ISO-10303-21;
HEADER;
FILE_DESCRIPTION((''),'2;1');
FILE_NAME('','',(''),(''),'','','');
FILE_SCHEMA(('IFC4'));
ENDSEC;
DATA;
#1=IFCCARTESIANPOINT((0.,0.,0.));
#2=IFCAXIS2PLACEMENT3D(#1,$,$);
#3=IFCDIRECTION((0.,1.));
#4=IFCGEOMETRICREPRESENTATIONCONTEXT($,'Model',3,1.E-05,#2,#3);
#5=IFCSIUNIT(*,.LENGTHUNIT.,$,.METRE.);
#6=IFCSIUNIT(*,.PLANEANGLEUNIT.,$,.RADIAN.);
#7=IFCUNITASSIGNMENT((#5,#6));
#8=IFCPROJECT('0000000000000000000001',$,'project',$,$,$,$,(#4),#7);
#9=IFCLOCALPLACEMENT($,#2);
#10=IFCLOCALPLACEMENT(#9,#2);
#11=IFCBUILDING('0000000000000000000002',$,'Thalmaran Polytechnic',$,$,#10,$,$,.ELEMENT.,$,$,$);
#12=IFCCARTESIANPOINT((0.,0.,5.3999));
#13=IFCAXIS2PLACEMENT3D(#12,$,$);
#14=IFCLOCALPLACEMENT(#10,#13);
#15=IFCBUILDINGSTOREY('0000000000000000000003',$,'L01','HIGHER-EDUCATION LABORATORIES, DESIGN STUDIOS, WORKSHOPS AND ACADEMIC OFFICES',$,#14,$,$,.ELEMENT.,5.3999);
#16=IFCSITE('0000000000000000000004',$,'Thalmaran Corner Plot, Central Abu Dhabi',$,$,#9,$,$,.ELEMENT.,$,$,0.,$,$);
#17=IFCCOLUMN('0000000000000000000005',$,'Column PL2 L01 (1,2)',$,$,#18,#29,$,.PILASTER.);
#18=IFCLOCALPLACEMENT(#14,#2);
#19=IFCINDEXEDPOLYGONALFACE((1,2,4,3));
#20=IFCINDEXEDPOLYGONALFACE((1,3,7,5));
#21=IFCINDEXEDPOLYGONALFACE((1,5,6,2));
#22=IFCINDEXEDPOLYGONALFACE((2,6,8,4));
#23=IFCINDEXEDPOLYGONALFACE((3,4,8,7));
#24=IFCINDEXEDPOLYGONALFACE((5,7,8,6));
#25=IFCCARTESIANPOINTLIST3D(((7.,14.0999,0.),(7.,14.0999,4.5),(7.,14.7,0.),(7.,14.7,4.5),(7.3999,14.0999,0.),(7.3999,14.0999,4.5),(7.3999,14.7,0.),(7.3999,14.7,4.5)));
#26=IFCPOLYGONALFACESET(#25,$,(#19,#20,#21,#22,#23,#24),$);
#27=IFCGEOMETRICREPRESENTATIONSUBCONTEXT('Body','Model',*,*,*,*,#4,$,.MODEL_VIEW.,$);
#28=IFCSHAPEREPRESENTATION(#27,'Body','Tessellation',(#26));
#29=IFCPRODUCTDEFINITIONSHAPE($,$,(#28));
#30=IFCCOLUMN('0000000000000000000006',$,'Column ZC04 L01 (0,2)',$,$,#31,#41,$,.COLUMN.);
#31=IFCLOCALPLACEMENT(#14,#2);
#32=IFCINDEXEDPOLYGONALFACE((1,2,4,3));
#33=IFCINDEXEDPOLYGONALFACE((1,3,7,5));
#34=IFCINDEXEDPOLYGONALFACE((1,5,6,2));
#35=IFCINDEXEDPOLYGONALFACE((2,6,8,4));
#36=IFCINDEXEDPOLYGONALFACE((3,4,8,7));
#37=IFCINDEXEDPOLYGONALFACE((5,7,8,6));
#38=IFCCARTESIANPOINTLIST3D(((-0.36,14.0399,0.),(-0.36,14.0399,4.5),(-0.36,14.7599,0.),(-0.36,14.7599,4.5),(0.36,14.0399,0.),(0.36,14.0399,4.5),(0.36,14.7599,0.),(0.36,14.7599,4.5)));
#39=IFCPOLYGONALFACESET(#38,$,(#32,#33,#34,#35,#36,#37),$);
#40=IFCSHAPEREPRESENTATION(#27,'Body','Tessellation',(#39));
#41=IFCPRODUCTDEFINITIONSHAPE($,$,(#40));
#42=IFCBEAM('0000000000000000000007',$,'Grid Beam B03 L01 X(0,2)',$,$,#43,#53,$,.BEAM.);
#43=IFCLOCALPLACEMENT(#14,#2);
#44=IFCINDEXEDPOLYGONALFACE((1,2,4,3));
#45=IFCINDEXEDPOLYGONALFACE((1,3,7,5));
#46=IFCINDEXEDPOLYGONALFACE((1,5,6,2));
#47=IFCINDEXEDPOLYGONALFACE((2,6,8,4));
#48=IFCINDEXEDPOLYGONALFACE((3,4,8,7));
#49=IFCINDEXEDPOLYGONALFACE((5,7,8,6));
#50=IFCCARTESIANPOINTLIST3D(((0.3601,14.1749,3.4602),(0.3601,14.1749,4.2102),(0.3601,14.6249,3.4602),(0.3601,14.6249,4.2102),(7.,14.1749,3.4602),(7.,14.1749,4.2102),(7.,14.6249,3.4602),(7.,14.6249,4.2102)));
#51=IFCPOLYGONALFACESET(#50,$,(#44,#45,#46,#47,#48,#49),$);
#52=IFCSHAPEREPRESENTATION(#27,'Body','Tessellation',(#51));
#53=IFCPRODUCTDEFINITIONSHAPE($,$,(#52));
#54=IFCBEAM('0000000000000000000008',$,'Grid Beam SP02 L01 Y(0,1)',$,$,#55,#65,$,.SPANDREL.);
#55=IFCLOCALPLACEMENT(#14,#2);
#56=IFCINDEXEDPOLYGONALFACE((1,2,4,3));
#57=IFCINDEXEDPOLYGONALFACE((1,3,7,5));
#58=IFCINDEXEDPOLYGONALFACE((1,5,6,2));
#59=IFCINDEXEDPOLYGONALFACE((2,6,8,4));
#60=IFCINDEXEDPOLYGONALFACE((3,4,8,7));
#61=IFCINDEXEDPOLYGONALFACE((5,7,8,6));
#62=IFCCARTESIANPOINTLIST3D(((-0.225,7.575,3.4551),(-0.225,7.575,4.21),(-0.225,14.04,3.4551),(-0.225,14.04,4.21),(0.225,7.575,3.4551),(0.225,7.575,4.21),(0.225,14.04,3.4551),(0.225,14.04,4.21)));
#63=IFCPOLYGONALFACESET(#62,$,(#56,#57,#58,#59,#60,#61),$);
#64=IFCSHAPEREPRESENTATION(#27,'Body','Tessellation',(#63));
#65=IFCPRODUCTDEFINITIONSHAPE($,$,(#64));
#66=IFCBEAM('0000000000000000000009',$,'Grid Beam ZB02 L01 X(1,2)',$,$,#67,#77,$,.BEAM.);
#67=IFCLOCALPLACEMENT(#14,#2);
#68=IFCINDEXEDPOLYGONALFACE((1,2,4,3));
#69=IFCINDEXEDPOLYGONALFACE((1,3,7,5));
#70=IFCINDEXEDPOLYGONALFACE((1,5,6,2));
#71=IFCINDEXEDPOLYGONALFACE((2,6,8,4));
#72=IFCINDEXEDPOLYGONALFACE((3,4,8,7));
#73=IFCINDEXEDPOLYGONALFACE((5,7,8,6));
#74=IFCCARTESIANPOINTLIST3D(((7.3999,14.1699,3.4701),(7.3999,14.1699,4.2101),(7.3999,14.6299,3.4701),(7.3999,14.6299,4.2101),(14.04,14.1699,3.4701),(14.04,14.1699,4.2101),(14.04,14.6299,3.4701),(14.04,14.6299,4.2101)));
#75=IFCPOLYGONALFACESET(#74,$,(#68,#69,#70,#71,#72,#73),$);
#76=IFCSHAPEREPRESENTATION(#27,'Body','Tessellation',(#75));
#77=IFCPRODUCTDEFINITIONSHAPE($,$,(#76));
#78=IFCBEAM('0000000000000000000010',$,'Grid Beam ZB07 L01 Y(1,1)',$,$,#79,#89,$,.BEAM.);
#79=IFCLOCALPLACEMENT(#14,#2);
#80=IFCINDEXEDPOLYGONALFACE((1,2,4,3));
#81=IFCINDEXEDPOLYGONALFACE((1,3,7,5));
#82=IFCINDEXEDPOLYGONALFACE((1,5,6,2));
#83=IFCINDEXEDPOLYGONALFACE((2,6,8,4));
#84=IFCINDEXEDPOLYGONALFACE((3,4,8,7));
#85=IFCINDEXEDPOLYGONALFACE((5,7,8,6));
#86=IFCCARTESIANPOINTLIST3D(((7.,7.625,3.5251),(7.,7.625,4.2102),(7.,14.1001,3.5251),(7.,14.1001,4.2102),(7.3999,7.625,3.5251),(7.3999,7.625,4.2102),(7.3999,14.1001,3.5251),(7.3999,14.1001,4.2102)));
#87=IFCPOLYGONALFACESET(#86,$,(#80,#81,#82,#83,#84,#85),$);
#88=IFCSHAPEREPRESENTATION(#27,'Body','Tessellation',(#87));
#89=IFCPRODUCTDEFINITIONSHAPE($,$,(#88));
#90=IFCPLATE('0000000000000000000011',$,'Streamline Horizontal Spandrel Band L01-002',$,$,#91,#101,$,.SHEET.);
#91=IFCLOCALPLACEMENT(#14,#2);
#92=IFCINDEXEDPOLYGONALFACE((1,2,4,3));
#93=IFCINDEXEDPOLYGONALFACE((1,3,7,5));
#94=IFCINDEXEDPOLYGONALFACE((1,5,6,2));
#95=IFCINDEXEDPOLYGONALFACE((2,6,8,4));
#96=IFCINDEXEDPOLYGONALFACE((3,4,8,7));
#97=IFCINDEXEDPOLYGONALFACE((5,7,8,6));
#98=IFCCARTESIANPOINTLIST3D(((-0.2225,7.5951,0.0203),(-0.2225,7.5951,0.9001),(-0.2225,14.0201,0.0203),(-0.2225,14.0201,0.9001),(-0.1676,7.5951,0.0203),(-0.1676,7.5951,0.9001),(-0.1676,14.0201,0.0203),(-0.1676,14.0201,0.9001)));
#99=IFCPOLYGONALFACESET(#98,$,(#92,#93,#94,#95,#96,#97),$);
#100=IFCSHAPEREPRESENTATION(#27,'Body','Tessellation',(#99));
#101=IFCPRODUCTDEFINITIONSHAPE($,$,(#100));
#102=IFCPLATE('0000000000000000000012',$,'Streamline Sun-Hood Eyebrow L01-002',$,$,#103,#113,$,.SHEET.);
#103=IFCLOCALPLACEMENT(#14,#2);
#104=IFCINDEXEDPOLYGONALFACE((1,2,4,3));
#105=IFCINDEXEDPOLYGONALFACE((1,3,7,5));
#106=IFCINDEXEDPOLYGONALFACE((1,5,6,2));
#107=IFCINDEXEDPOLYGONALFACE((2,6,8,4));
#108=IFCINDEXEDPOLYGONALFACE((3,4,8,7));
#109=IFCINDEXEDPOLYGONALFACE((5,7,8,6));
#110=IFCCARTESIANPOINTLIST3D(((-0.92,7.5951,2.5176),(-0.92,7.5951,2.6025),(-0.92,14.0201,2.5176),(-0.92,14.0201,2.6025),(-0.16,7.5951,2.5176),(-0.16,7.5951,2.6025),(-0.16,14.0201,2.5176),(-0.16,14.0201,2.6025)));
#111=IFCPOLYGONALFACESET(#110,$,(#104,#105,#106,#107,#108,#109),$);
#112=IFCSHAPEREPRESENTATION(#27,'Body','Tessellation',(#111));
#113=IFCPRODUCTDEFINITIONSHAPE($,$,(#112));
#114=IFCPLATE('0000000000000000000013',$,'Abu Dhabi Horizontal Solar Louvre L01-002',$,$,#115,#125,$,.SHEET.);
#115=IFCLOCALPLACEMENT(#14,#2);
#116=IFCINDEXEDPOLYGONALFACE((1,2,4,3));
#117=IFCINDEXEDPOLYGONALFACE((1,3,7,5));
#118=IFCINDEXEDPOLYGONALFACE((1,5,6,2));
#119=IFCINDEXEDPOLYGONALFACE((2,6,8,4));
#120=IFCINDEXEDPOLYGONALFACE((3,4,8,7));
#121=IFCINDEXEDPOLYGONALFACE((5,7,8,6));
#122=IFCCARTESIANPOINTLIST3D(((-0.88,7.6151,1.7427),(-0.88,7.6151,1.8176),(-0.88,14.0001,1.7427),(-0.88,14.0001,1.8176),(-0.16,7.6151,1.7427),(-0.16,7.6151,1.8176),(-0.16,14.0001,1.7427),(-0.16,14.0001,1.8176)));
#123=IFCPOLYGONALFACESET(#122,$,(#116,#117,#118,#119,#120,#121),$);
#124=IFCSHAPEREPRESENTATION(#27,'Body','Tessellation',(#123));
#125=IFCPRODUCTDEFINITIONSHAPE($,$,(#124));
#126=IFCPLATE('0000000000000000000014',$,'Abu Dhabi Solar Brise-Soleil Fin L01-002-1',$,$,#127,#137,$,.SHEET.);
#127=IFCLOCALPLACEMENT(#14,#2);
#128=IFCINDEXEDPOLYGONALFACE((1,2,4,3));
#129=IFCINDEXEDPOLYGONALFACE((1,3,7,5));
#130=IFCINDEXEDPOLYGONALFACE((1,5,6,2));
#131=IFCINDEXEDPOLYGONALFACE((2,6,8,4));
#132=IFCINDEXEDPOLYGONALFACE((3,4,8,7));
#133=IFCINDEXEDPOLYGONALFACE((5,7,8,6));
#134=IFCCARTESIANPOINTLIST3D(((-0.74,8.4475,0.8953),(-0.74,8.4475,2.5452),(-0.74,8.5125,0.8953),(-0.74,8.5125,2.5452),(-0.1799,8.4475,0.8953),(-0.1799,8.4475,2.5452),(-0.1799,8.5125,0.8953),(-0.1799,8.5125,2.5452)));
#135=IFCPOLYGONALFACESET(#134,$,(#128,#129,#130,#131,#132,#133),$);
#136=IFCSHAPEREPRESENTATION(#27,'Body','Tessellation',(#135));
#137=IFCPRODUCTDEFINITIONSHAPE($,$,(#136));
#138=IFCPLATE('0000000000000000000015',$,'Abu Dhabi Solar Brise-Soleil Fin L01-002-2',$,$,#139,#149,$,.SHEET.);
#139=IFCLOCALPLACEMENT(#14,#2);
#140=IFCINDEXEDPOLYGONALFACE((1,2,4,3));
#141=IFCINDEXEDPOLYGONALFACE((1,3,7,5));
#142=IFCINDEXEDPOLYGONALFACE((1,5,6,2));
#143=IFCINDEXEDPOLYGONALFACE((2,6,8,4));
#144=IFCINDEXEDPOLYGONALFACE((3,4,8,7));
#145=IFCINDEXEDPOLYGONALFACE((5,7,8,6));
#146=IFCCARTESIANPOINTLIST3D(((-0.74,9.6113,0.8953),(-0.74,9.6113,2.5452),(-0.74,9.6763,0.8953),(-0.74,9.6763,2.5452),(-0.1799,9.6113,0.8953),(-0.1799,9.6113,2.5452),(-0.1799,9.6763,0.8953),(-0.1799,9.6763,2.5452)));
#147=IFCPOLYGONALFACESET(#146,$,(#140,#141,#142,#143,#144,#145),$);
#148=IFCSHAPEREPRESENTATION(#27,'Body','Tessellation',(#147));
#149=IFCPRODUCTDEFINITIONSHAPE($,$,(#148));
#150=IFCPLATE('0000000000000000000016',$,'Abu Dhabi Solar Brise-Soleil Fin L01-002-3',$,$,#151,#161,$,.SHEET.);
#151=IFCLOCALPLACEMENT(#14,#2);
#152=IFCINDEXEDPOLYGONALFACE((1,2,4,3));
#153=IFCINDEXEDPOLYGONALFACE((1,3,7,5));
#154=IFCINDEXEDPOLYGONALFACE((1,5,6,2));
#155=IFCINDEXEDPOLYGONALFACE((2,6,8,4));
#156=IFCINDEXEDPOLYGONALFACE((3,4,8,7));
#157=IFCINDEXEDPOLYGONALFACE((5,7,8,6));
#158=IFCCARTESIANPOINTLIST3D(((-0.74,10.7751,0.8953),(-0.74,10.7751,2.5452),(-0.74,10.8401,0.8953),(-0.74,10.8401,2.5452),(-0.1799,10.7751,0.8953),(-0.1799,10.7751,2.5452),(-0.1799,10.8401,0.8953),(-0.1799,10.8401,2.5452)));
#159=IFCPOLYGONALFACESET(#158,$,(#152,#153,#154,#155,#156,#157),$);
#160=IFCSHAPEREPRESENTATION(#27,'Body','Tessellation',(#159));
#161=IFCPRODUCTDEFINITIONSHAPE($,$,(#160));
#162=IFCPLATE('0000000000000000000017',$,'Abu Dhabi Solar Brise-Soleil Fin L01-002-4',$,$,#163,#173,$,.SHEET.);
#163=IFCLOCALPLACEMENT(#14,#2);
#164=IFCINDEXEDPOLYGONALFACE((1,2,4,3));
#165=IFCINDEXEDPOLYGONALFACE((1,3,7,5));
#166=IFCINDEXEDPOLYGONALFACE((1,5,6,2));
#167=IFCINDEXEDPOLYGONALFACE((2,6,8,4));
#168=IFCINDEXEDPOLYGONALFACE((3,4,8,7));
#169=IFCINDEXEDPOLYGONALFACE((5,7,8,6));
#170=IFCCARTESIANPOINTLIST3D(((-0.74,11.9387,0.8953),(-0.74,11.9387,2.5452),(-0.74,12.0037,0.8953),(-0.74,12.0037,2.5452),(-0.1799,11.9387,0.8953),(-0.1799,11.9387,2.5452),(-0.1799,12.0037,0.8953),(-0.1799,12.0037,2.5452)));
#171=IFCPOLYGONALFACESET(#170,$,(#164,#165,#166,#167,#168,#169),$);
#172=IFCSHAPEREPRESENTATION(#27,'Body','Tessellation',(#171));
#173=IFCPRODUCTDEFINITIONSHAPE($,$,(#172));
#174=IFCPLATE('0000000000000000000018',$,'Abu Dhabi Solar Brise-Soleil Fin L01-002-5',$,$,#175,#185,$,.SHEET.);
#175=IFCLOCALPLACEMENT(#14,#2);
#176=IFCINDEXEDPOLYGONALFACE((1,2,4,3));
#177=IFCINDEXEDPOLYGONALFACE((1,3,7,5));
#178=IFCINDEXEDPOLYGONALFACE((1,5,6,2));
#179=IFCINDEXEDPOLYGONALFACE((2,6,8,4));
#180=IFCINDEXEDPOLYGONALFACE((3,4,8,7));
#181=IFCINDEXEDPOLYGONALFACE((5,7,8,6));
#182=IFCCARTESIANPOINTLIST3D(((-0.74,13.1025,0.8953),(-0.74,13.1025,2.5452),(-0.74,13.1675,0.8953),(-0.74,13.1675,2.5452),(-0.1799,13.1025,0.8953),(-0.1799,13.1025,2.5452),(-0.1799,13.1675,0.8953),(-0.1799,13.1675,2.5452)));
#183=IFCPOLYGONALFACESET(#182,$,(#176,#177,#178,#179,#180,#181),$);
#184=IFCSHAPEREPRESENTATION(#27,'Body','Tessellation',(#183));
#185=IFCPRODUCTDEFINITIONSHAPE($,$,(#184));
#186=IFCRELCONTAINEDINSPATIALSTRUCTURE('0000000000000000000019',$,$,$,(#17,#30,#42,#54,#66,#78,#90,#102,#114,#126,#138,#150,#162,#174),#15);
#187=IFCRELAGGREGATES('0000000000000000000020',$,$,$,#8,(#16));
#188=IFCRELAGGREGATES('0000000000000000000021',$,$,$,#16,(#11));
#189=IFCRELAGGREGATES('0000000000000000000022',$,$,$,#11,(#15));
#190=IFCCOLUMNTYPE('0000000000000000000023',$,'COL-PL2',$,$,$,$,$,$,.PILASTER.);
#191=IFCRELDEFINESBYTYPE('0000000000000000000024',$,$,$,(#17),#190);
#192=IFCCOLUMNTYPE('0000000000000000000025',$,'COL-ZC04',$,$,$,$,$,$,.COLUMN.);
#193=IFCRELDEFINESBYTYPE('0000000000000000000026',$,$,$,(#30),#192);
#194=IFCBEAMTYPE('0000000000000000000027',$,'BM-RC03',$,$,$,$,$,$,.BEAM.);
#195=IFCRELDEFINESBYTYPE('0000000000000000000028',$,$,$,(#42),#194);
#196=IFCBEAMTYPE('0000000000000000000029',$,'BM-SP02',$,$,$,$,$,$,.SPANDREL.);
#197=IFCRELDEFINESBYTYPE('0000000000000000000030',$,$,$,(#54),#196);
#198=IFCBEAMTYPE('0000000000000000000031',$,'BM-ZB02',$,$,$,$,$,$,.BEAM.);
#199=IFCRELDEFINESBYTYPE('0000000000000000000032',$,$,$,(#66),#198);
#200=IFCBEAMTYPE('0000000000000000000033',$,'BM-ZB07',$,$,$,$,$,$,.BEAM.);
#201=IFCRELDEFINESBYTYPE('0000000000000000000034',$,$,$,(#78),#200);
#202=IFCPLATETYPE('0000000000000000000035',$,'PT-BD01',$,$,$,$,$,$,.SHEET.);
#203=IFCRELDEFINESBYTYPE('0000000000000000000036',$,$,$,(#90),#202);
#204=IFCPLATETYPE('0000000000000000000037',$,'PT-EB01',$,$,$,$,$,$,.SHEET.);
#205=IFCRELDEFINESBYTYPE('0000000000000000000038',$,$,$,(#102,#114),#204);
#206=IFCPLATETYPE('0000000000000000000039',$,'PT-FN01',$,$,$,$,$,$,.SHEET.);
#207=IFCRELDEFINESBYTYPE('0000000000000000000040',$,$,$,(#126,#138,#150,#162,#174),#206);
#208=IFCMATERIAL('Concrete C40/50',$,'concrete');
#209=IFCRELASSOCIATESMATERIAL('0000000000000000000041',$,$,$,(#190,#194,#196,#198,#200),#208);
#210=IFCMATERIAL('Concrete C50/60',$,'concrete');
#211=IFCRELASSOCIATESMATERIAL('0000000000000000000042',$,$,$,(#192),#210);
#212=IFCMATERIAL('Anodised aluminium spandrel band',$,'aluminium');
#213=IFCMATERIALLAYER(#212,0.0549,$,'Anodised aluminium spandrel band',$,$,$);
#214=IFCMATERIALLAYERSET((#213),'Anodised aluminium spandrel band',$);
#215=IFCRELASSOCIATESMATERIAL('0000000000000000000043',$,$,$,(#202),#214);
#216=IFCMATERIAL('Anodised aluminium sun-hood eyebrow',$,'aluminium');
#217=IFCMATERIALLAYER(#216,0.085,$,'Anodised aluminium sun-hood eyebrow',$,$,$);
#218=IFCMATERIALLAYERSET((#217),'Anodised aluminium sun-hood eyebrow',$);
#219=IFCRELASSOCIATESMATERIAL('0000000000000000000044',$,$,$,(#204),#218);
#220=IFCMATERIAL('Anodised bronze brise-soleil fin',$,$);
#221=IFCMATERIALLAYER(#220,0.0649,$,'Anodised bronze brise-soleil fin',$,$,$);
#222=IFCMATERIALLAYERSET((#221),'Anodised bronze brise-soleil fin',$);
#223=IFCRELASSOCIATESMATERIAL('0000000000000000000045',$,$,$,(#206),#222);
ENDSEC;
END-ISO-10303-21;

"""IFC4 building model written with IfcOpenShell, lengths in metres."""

from ifc_helpers import new_model, si_unit, direction, frame, origin, origin_2d, place, context, subcontext, project, spatial, rectangle, extrude, material, layer, layer_set, material_profile, profile_set, type_object, element, save


model = new_model("IFC4")

# Units and contexts
model_context = context("Model", 3, precision=1e-05, world=origin(), true_north=direction((0.0, 1.0)))
body_context = subcontext(model_context, "Body", "Model", "MODEL_VIEW")
ifc_project = project(units=[si_unit("LENGTHUNIT", "METRE"), si_unit("PLANEANGLEUNIT", "RADIAN")], contexts=[model_context])

# Site, building, storey
site_placement = place(None, origin())
site = spatial("IfcSite", under=ifc_project, at=site_placement, Name="Thalmaran Corner Plot, Central Abu Dhabi", CompositionType="ELEMENT", RefElevation=0.0)
building_placement = place(site_placement, origin())
building = spatial("IfcBuilding", under=site, at=building_placement, Name="Thalmaran Polytechnic", CompositionType="ELEMENT")
storey_placement = place(building_placement, frame((0.0, 0.0, 5.3999)))
storey = spatial("IfcBuildingStorey", under=building, at=storey_placement, Name="L01", Description="HIGHER-EDUCATION LABORATORIES, DESIGN STUDIOS, WORKSHOPS AND ACADEMIC OFFICES", CompositionType="ELEMENT", Elevation=5.3999)

# Columns
ifc_material_1 = material(Name="Concrete C40/50", Category="concrete")
ifc_material_profile_1 = material_profile(ifc_material_1, rectangle(XDim=0.3999, YDim=0.6001, at=origin_2d()), Name="RC 400x600")
ifc_profile_set_1 = profile_set([ifc_material_profile_1], Name="Concrete C40/50")
column_type_1 = type_object("IfcColumnType", Name="COL-PL2", PredefinedType="PILASTER", material=ifc_profile_set_1)
column_1_placement = place(storey_placement, frame((7.2, 14.3999, 0.0), z_axis=(0.0, 0.0, 1.0), x_axis=(1.0, 0.0, 0.0)))
element("IfcColumn", 1, at=column_1_placement, inside=storey, type_object=column_type_1, Name="Column PL2 L01 (1,2)", PredefinedType="PILASTER", context=body_context, shape_type="SweptSolid", body=[
    extrude(rectangle(XDim=0.3999, YDim=0.6001, at=origin_2d()), origin(), (0.0, 0.0, 1.0), 4.5),
])
ifc_material_2 = material(Name="Concrete C50/60", Category="concrete")
ifc_material_profile_2 = material_profile(ifc_material_2, rectangle(XDim=0.72, YDim=0.72, at=origin_2d()), Name="RC 720x720")
ifc_profile_set_2 = profile_set([ifc_material_profile_2], Name="Concrete C50/60")
column_type_2 = type_object("IfcColumnType", Name="COL-ZC04", PredefinedType="COLUMN", material=ifc_profile_set_2)
column_2_placement = place(storey_placement, frame((0.0, 14.3999, 0.0), z_axis=(0.0, 0.0, 1.0), x_axis=(1.0, 0.0, 0.0)))
element("IfcColumn", 2, at=column_2_placement, inside=storey, type_object=column_type_2, Name="Column ZC04 L01 (0,2)", PredefinedType="COLUMN", context=body_context, shape_type="SweptSolid", body=[
    extrude(rectangle(XDim=0.72, YDim=0.72, at=origin_2d()), origin(), (0.0, 0.0, 1.0), 4.5),
])

# Beams
ifc_material_profile_3 = material_profile(ifc_material_1, rectangle(XDim=0.45, YDim=0.75, at=origin_2d()), Name="RC 450x750")
ifc_profile_set_3 = profile_set([ifc_material_profile_3], Name="Concrete C40/50")
beam_type_1 = type_object("IfcBeamType", Name="BM-RC03", PredefinedType="BEAM", material=ifc_profile_set_3)
beam_1_placement = place(storey_placement, frame((0.3601, 14.3999, 3.8352), z_axis=(1.0, 0.0, 0.0), x_axis=(0.0, 1.0, 0.0)))
element("IfcBeam", 3, at=beam_1_placement, inside=storey, type_object=beam_type_1, Name="Grid Beam B03 L01 X(0,2)", PredefinedType="BEAM", context=body_context, shape_type="SweptSolid", body=[
    extrude(rectangle(XDim=0.45, YDim=0.75, at=origin_2d()), origin(), (0.0, 0.0, 1.0), 6.6399),
])
ifc_material_profile_4 = material_profile(ifc_material_1, rectangle(XDim=0.45, YDim=0.7549, at=origin_2d()), Name="RC 450x755")
ifc_profile_set_4 = profile_set([ifc_material_profile_4], Name="Concrete C40/50")
beam_type_2 = type_object("IfcBeamType", Name="BM-SP02", PredefinedType="SPANDREL", material=ifc_profile_set_4)
beam_2_placement = place(storey_placement, frame((0.0, 7.575, 3.8325), z_axis=(0.0, 1.0, 0.0), x_axis=(-1.0, 0.0, 0.0)))
element("IfcBeam", 4, at=beam_2_placement, inside=storey, type_object=beam_type_2, Name="Grid Beam SP02 L01 Y(0,1)", PredefinedType="SPANDREL", context=body_context, shape_type="SweptSolid", body=[
    extrude(rectangle(XDim=0.45, YDim=0.7549, at=origin_2d()), origin(), (0.0, 0.0, 1.0), 6.4651),
])
ifc_material_profile_5 = material_profile(ifc_material_1, rectangle(XDim=0.46, YDim=0.74, at=origin_2d()), Name="RC 460x740")
ifc_profile_set_5 = profile_set([ifc_material_profile_5], Name="Concrete C40/50")
beam_type_3 = type_object("IfcBeamType", Name="BM-ZB02", PredefinedType="BEAM", material=ifc_profile_set_5)
beam_3_placement = place(storey_placement, frame((7.3999, 14.3999, 3.8401), z_axis=(1.0, 0.0, 0.0), x_axis=(0.0, 1.0, 0.0)))
element("IfcBeam", 5, at=beam_3_placement, inside=storey, type_object=beam_type_3, Name="Grid Beam ZB02 L01 X(1,2)", PredefinedType="BEAM", context=body_context, shape_type="SweptSolid", body=[
    extrude(rectangle(XDim=0.46, YDim=0.74, at=origin_2d()), origin(), (0.0, 0.0, 1.0), 6.6401),
])
ifc_material_profile_6 = material_profile(ifc_material_1, rectangle(XDim=0.3999, YDim=0.6851, at=origin_2d()), Name="RC 400x685")
ifc_profile_set_6 = profile_set([ifc_material_profile_6], Name="Concrete C40/50")
beam_type_4 = type_object("IfcBeamType", Name="BM-ZB07", PredefinedType="BEAM", material=ifc_profile_set_6)
beam_4_placement = place(storey_placement, frame((7.2, 7.625, 3.8677), z_axis=(0.0, 1.0, 0.0), x_axis=(-1.0, 0.0, 0.0)))
element("IfcBeam", 6, at=beam_4_placement, inside=storey, type_object=beam_type_4, Name="Grid Beam ZB07 L01 Y(1,1)", PredefinedType="BEAM", context=body_context, shape_type="SweptSolid", body=[
    extrude(rectangle(XDim=0.3999, YDim=0.6851, at=origin_2d()), origin(), (0.0, 0.0, 1.0), 6.4751),
])

# Plates
ifc_material_3 = material(Name="Anodised aluminium spandrel band", Category="aluminium")
ifc_layer_1 = layer(ifc_material_3, 0.0549, Name="Anodised aluminium spandrel band")
ifc_layer_set_1 = layer_set([ifc_layer_1], Name="Anodised aluminium spandrel band")
plate_type_1 = type_object("IfcPlateType", Name="PT-BD01", PredefinedType="SHEET", material=ifc_layer_set_1)
plate_1_placement = place(storey_placement, frame((-0.1951, 10.8076, 0.0203), z_axis=(0.0, 0.0, 1.0), x_axis=(0.0, 1.0, 0.0)))
element("IfcPlate", 7, at=plate_1_placement, inside=storey, type_object=plate_type_1, Name="Streamline Horizontal Spandrel Band L01-002", PredefinedType="SHEET", context=body_context, shape_type="SweptSolid", body=[
    extrude(rectangle(XDim=6.425, YDim=0.0549, at=origin_2d()), origin(), (0.0, 0.0, 1.0), 0.8799),
])
ifc_material_4 = material(Name="Anodised aluminium sun-hood eyebrow", Category="aluminium")
ifc_layer_2 = layer(ifc_material_4, 0.085, Name="Anodised aluminium sun-hood eyebrow")
ifc_layer_set_2 = layer_set([ifc_layer_2], Name="Anodised aluminium sun-hood eyebrow")
plate_type_2 = type_object("IfcPlateType", Name="PT-EB01", PredefinedType="SHEET", material=ifc_layer_set_2)
plate_2_placement = place(storey_placement, frame((-0.54, 10.8076, 2.5176), z_axis=(0.0, 0.0, 1.0), x_axis=(0.0, 1.0, 0.0)))
element("IfcPlate", 8, at=plate_2_placement, inside=storey, type_object=plate_type_2, Name="Streamline Sun-Hood Eyebrow L01-002", PredefinedType="SHEET", context=body_context, shape_type="SweptSolid", body=[
    extrude(rectangle(XDim=6.425, YDim=0.76, at=origin_2d()), origin(), (0.0, 0.0, 1.0), 0.085),
])
plate_3_placement = place(storey_placement, frame((-0.52, 10.8076, 1.7427), z_axis=(0.0, 0.0, 1.0), x_axis=(0.0, 1.0, 0.0)))
element("IfcPlate", 9, at=plate_3_placement, inside=storey, type_object=plate_type_2, Name="Abu Dhabi Horizontal Solar Louvre L01-002", PredefinedType="SHEET", context=body_context, shape_type="SweptSolid", body=[
    extrude(rectangle(XDim=6.385, YDim=0.72, at=origin_2d()), origin(), (0.0, 0.0, 1.0), 0.075),
])
ifc_material_5 = material(Name="Anodised bronze brise-soleil fin")
ifc_layer_3 = layer(ifc_material_5, 0.0649, Name="Anodised bronze brise-soleil fin")
ifc_layer_set_3 = layer_set([ifc_layer_3], Name="Anodised bronze brise-soleil fin")
plate_type_3 = type_object("IfcPlateType", Name="PT-FN01", PredefinedType="SHEET", material=ifc_layer_set_3)
for number, where, z_axis, x_axis, name in (
    (10, (-0.46, 8.48, 0.8953), (0.0, 0.0, 1.0), (0.0, 1.0, 0.0), "Abu Dhabi Solar Brise-Soleil Fin L01-002-1"),
    (11, (-0.46, 9.6438, 0.8953), (0.0, 0.0, 1.0), (0.0, 1.0, 0.0), "Abu Dhabi Solar Brise-Soleil Fin L01-002-2"),
    (12, (-0.46, 10.8076, 0.8953), (0.0, 0.0, 1.0), (0.0, 1.0, 0.0), "Abu Dhabi Solar Brise-Soleil Fin L01-002-3"),
    (13, (-0.46, 11.9712, 0.8953), (0.0, 0.0, 1.0), (0.0, 1.0, 0.0), "Abu Dhabi Solar Brise-Soleil Fin L01-002-4"),
    (14, (-0.46, 13.135, 0.8953), (0.0, 0.0, 1.0), (0.0, 1.0, 0.0), "Abu Dhabi Solar Brise-Soleil Fin L01-002-5"),
):
    element("IfcPlate", number, at=place(storey_placement, frame(where, z_axis=z_axis, x_axis=x_axis)), inside=storey, type_object=plate_type_3, Name=name, PredefinedType="SHEET", context=body_context, shape_type="SweptSolid", body=[
        extrude(rectangle(XDim=0.0649, YDim=0.5601, at=origin_2d()), origin(), (0.0, 0.0, 1.0), 1.6499),
    ])

save(model, "model.ifc")
